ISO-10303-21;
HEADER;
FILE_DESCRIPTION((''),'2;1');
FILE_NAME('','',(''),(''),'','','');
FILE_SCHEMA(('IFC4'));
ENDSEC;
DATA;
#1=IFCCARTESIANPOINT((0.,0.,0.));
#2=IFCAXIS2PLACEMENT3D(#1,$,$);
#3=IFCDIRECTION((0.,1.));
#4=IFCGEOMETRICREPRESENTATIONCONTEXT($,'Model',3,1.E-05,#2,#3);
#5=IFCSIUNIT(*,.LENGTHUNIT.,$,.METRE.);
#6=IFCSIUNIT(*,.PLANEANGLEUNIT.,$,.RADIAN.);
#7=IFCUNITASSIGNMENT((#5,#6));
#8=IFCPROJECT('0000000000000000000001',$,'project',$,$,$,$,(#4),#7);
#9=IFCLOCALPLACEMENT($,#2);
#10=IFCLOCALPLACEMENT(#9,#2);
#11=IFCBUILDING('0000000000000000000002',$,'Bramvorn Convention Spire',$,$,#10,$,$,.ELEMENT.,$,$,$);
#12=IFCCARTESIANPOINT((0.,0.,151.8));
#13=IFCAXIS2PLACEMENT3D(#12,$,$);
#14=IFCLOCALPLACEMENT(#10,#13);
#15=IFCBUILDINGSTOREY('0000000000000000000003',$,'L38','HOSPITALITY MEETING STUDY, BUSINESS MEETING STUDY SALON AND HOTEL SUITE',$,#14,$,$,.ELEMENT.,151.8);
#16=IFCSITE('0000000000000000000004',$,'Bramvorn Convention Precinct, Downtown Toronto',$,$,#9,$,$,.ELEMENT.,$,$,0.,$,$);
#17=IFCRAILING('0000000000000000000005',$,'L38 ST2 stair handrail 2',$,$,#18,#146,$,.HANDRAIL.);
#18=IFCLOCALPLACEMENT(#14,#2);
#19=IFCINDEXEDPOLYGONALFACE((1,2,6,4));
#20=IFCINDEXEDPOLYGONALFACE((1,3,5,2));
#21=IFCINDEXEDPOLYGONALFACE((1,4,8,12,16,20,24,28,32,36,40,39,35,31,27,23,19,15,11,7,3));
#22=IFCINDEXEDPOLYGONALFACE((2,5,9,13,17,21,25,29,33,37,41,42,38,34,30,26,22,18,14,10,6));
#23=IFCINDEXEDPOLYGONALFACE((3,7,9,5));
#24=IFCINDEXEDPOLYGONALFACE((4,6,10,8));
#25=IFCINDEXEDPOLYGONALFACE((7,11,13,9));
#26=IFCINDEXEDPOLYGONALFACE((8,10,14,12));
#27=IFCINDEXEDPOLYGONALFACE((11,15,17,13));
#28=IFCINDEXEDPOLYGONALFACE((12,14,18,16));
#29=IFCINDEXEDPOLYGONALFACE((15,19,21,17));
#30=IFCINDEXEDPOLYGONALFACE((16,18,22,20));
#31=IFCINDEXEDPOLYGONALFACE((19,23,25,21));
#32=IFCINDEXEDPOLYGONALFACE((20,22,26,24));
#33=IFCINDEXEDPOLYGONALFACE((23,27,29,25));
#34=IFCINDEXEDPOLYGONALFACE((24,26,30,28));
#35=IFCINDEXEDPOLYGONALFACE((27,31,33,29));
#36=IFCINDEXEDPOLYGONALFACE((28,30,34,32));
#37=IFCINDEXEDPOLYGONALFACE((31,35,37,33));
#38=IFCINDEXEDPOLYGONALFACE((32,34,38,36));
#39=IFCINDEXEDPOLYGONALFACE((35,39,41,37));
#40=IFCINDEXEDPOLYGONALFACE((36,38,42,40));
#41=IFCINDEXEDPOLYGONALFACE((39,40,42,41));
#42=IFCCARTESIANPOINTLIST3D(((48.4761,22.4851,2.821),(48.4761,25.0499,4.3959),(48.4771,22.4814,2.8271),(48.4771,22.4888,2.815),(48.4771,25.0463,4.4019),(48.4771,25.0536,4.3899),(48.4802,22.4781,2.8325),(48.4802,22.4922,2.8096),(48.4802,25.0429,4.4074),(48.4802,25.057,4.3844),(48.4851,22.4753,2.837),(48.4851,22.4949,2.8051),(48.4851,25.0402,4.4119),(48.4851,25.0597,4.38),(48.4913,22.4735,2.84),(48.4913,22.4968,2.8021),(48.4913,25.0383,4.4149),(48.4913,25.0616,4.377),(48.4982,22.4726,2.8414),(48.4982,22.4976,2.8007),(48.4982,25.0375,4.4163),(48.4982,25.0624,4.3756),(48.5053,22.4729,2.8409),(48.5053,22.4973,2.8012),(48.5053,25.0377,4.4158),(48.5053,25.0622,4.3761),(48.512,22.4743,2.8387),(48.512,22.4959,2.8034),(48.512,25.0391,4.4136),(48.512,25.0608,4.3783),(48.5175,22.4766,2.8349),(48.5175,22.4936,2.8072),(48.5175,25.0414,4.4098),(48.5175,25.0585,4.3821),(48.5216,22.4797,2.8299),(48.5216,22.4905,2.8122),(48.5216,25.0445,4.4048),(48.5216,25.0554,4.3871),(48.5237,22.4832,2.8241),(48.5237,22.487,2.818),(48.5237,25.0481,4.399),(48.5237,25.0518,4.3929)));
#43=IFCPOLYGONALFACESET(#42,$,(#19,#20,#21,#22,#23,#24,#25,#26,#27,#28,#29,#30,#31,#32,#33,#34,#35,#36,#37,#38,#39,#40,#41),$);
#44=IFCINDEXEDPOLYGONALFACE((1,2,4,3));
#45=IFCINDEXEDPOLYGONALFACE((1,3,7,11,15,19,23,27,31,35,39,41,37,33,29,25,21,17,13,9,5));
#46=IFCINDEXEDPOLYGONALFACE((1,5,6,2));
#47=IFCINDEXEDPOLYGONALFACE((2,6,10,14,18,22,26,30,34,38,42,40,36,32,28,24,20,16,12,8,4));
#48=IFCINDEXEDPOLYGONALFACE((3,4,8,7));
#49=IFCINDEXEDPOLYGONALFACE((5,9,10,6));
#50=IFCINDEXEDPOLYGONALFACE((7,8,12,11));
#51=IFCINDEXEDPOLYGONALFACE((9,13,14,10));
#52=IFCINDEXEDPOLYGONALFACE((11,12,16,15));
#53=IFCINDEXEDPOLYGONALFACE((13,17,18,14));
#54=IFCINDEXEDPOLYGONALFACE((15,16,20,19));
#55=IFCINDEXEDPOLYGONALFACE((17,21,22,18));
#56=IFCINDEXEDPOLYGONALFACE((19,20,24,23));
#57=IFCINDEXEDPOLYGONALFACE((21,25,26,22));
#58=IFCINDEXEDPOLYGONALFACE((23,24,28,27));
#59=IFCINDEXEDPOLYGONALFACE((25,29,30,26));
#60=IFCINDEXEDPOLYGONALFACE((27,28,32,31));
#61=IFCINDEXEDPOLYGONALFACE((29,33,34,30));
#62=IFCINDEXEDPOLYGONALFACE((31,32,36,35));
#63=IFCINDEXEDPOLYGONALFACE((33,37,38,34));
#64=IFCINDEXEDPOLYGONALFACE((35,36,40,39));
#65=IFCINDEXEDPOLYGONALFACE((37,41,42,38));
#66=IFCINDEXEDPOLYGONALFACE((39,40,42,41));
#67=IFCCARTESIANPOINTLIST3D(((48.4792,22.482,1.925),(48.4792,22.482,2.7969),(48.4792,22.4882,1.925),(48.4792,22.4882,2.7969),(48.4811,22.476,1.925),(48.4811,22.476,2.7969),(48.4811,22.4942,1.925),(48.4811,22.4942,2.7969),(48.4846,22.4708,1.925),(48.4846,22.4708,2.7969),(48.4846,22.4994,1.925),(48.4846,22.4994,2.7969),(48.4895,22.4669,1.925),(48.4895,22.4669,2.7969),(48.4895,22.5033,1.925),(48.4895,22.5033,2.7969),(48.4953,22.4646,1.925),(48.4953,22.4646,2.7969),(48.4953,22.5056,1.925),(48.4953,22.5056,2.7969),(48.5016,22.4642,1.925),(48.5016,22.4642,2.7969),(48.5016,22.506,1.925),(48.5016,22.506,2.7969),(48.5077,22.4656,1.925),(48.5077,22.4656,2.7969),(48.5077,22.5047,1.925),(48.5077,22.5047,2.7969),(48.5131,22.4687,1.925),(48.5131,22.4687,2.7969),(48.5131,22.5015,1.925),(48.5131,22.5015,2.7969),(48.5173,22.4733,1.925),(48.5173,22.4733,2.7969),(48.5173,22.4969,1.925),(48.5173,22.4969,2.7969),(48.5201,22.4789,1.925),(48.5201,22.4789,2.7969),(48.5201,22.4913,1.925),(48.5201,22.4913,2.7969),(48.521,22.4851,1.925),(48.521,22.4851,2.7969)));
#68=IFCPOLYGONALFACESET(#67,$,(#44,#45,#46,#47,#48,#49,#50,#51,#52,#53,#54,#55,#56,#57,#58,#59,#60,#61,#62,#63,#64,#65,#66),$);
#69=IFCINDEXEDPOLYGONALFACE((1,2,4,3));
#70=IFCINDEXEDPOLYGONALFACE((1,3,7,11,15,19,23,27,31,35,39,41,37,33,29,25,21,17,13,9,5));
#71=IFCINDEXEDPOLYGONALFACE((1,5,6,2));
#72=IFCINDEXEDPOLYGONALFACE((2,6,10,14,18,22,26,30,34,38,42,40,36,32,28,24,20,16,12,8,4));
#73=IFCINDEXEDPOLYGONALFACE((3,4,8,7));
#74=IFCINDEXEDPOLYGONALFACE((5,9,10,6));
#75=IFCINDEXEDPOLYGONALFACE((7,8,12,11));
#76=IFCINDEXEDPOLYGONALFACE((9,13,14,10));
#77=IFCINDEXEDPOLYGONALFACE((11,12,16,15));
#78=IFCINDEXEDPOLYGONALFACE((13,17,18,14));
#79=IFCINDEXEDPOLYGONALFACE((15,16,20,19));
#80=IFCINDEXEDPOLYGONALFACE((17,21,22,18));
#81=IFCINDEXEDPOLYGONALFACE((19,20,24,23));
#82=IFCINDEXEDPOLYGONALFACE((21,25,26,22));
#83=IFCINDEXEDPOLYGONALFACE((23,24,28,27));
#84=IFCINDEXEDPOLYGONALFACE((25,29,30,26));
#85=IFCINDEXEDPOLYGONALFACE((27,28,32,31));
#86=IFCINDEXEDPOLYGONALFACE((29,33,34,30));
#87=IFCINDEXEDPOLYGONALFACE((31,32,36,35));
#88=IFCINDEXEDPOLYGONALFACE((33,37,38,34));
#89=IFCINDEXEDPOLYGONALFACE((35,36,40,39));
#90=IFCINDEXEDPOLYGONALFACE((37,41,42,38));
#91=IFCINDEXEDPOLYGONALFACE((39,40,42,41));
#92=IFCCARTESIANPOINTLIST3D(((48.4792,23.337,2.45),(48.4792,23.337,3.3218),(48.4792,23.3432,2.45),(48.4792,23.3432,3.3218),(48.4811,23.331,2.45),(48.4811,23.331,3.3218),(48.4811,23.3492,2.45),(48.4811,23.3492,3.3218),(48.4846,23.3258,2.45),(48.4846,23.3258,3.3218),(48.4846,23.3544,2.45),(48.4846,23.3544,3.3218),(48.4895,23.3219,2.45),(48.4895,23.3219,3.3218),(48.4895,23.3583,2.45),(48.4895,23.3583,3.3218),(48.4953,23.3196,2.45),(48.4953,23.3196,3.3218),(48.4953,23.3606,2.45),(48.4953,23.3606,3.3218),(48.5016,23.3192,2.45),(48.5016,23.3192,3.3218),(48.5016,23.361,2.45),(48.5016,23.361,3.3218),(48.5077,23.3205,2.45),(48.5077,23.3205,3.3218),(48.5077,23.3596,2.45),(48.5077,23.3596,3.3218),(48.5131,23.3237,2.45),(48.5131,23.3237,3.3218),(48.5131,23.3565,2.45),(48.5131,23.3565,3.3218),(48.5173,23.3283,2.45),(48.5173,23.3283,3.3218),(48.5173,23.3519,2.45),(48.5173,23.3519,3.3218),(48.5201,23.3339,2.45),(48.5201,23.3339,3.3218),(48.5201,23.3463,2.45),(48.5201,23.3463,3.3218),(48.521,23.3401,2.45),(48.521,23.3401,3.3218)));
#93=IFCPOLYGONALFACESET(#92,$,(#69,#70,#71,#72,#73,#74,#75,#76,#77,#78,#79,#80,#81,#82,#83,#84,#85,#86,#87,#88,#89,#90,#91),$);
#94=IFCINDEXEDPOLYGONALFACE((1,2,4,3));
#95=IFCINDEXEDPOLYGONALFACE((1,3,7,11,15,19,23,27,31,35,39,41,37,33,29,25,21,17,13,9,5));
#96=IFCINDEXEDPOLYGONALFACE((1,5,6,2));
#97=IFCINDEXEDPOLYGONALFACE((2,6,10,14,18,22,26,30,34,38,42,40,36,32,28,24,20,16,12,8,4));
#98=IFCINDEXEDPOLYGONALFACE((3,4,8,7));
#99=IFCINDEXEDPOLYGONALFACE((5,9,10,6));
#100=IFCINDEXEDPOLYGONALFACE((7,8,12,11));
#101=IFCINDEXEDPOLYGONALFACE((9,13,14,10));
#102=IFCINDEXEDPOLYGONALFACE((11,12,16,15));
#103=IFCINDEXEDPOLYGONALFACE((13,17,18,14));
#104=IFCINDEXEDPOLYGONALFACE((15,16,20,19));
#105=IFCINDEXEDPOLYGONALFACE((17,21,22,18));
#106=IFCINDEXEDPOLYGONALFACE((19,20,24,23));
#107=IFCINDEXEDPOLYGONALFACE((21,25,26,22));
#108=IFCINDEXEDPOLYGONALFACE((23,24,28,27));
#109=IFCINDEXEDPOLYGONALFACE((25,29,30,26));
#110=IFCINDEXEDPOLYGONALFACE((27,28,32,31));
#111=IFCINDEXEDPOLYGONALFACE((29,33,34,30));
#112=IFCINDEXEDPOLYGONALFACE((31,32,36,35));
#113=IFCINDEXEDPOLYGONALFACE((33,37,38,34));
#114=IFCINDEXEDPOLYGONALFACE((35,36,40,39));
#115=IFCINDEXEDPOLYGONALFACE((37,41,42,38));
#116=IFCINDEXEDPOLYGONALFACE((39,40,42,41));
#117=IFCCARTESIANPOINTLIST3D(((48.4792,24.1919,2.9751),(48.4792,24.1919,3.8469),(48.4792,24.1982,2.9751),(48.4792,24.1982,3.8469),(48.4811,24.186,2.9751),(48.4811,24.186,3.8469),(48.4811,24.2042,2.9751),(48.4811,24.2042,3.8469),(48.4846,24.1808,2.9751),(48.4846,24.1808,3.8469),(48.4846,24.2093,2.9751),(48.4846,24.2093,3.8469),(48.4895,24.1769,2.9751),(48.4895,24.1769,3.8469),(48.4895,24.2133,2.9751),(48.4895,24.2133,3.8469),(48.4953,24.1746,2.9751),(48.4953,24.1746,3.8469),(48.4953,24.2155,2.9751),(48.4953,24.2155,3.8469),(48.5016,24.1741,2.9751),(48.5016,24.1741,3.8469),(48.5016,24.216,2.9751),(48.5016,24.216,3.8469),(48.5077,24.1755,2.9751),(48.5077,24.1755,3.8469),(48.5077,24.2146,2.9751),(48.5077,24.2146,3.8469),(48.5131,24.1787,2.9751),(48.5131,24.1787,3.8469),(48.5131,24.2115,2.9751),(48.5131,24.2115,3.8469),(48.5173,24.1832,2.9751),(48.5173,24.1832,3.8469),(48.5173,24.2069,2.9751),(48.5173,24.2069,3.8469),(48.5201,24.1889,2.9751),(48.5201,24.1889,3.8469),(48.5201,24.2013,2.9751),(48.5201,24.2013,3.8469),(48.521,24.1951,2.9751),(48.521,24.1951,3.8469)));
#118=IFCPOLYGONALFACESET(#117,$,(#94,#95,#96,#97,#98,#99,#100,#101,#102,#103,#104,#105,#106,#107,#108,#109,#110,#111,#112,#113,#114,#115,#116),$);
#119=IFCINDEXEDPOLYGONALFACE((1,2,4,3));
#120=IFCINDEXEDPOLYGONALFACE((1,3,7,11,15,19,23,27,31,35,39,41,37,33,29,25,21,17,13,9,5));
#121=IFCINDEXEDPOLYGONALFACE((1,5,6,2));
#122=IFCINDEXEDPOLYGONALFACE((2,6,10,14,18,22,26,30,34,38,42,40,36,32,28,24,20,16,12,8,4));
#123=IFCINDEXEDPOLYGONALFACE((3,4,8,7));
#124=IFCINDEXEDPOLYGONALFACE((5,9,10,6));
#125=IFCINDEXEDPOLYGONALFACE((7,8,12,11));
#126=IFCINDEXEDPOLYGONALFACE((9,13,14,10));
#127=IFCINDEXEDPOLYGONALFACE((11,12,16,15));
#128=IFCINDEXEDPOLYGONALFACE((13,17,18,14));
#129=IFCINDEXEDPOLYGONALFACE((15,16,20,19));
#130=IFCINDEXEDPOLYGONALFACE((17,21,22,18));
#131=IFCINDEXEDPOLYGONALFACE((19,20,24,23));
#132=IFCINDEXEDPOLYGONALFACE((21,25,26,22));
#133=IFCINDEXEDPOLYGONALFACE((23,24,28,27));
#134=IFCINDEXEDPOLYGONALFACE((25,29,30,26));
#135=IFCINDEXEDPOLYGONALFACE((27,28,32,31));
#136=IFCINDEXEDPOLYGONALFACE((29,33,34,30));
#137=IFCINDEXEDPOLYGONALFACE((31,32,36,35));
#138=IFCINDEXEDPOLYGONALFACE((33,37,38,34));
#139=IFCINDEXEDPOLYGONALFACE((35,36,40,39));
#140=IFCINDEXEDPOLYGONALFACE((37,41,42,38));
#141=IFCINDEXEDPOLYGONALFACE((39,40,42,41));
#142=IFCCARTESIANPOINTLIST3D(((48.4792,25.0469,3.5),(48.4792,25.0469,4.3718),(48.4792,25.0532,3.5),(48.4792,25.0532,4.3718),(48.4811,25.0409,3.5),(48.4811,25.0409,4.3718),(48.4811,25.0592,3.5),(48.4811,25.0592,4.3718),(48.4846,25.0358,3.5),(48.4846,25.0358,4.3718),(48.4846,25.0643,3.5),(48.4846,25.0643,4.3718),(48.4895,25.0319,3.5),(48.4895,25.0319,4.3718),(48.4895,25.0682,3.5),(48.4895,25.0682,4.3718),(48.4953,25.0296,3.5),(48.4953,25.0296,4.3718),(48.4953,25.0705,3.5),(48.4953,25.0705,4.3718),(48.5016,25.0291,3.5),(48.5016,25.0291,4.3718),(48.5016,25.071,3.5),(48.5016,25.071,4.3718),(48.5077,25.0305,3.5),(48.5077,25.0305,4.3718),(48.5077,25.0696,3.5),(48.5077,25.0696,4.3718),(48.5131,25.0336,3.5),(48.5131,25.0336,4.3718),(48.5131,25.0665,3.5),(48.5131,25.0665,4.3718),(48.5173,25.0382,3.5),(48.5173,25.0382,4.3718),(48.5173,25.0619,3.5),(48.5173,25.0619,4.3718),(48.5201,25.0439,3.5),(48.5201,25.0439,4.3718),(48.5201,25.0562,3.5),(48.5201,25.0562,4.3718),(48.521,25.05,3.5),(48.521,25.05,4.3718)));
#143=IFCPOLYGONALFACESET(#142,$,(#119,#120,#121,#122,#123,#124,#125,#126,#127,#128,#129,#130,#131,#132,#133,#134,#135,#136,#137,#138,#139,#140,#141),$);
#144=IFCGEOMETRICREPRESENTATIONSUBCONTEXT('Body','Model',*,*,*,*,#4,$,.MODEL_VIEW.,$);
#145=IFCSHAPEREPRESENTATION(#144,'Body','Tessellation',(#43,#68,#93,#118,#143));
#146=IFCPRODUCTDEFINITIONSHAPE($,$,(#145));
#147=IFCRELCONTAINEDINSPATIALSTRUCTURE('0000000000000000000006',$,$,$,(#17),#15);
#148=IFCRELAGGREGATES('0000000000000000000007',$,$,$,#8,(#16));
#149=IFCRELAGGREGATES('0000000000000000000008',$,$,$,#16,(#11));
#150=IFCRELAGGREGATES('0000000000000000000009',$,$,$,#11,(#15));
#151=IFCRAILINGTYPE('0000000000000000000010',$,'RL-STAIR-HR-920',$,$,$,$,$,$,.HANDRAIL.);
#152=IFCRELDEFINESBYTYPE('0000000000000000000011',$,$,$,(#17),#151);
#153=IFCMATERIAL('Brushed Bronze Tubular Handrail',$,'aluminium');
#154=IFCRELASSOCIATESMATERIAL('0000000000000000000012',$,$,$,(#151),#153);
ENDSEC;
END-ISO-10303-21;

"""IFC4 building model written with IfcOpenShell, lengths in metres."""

from ifc_helpers import new_model, si_unit, direction, frame, origin, origin_2d, place, context, subcontext, project, spatial, circle, extrude, material, type_object, element, save


model = new_model("IFC4")

# Units and contexts
model_context = context("Model", 3, precision=1e-05, world=origin(), true_north=direction((0.0, 1.0)))
body_context = subcontext(model_context, "Body", "Model", "MODEL_VIEW")
ifc_project = project(units=[si_unit("LENGTHUNIT", "METRE"), si_unit("PLANEANGLEUNIT", "RADIAN")], contexts=[model_context])

# Site, building, storey
site_placement = place(None, origin())
site = spatial("IfcSite", under=ifc_project, at=site_placement, Name="Bramvorn Convention Precinct, Downtown Toronto", CompositionType="ELEMENT", RefElevation=0.0)
building_placement = place(site_placement, origin())
building = spatial("IfcBuilding", under=site, at=building_placement, Name="Bramvorn Convention Spire", CompositionType="ELEMENT")
storey_placement = place(building_placement, frame((0.0, 0.0, 151.8)))
storey = spatial("IfcBuildingStorey", under=building, at=storey_placement, Name="L38", Description="HOSPITALITY MEETING STUDY, BUSINESS MEETING STUDY SALON AND HOTEL SUITE", CompositionType="ELEMENT", Elevation=151.8)

# Railing
ifc_material_1 = material(Name="Brushed Bronze Tubular Handrail", Category="aluminium")
railing_type_1 = type_object("IfcRailingType", Name="RL-STAIR-HR-920", PredefinedType="HANDRAIL", material=ifc_material_1)
railing_1_placement = place(storey_placement, frame((48.5, 22.4851, 1.925)))
element("IfcRailing", 1, at=railing_1_placement, inside=storey, type_object=railing_type_1, Name="L38 ST2 stair handrail 2", PredefinedType="HANDRAIL", context=body_context, shape_type="SweptSolid", body=[
    extrude(circle(Radius=0.0239, at=origin_2d()), frame((0.0, 0.0, 0.896), z_axis=(0.0, 0.852173, 0.52326), x_axis=(-1.0, 0.0, 0.0)), (0.0, 0.0, 1.0), 3.0098),
    extrude(circle(Radius=0.021, at=origin_2d()), origin(), (0.0, 0.0, 1.0), 0.8718),
    extrude(circle(Radius=0.021, at=origin_2d()), frame((0.0, 0.855, 0.5249)), (0.0, 0.0, 1.0), 0.8718),
    extrude(circle(Radius=0.021, at=origin_2d()), frame((0.0, 1.71, 1.05)), (0.0, 0.0, 1.0), 0.8718),
    extrude(circle(Radius=0.021, at=origin_2d()), frame((0.0, 2.5649, 1.575)), (0.0, 0.0, 1.0), 0.8718),
])

save(model, "model.ifc")
